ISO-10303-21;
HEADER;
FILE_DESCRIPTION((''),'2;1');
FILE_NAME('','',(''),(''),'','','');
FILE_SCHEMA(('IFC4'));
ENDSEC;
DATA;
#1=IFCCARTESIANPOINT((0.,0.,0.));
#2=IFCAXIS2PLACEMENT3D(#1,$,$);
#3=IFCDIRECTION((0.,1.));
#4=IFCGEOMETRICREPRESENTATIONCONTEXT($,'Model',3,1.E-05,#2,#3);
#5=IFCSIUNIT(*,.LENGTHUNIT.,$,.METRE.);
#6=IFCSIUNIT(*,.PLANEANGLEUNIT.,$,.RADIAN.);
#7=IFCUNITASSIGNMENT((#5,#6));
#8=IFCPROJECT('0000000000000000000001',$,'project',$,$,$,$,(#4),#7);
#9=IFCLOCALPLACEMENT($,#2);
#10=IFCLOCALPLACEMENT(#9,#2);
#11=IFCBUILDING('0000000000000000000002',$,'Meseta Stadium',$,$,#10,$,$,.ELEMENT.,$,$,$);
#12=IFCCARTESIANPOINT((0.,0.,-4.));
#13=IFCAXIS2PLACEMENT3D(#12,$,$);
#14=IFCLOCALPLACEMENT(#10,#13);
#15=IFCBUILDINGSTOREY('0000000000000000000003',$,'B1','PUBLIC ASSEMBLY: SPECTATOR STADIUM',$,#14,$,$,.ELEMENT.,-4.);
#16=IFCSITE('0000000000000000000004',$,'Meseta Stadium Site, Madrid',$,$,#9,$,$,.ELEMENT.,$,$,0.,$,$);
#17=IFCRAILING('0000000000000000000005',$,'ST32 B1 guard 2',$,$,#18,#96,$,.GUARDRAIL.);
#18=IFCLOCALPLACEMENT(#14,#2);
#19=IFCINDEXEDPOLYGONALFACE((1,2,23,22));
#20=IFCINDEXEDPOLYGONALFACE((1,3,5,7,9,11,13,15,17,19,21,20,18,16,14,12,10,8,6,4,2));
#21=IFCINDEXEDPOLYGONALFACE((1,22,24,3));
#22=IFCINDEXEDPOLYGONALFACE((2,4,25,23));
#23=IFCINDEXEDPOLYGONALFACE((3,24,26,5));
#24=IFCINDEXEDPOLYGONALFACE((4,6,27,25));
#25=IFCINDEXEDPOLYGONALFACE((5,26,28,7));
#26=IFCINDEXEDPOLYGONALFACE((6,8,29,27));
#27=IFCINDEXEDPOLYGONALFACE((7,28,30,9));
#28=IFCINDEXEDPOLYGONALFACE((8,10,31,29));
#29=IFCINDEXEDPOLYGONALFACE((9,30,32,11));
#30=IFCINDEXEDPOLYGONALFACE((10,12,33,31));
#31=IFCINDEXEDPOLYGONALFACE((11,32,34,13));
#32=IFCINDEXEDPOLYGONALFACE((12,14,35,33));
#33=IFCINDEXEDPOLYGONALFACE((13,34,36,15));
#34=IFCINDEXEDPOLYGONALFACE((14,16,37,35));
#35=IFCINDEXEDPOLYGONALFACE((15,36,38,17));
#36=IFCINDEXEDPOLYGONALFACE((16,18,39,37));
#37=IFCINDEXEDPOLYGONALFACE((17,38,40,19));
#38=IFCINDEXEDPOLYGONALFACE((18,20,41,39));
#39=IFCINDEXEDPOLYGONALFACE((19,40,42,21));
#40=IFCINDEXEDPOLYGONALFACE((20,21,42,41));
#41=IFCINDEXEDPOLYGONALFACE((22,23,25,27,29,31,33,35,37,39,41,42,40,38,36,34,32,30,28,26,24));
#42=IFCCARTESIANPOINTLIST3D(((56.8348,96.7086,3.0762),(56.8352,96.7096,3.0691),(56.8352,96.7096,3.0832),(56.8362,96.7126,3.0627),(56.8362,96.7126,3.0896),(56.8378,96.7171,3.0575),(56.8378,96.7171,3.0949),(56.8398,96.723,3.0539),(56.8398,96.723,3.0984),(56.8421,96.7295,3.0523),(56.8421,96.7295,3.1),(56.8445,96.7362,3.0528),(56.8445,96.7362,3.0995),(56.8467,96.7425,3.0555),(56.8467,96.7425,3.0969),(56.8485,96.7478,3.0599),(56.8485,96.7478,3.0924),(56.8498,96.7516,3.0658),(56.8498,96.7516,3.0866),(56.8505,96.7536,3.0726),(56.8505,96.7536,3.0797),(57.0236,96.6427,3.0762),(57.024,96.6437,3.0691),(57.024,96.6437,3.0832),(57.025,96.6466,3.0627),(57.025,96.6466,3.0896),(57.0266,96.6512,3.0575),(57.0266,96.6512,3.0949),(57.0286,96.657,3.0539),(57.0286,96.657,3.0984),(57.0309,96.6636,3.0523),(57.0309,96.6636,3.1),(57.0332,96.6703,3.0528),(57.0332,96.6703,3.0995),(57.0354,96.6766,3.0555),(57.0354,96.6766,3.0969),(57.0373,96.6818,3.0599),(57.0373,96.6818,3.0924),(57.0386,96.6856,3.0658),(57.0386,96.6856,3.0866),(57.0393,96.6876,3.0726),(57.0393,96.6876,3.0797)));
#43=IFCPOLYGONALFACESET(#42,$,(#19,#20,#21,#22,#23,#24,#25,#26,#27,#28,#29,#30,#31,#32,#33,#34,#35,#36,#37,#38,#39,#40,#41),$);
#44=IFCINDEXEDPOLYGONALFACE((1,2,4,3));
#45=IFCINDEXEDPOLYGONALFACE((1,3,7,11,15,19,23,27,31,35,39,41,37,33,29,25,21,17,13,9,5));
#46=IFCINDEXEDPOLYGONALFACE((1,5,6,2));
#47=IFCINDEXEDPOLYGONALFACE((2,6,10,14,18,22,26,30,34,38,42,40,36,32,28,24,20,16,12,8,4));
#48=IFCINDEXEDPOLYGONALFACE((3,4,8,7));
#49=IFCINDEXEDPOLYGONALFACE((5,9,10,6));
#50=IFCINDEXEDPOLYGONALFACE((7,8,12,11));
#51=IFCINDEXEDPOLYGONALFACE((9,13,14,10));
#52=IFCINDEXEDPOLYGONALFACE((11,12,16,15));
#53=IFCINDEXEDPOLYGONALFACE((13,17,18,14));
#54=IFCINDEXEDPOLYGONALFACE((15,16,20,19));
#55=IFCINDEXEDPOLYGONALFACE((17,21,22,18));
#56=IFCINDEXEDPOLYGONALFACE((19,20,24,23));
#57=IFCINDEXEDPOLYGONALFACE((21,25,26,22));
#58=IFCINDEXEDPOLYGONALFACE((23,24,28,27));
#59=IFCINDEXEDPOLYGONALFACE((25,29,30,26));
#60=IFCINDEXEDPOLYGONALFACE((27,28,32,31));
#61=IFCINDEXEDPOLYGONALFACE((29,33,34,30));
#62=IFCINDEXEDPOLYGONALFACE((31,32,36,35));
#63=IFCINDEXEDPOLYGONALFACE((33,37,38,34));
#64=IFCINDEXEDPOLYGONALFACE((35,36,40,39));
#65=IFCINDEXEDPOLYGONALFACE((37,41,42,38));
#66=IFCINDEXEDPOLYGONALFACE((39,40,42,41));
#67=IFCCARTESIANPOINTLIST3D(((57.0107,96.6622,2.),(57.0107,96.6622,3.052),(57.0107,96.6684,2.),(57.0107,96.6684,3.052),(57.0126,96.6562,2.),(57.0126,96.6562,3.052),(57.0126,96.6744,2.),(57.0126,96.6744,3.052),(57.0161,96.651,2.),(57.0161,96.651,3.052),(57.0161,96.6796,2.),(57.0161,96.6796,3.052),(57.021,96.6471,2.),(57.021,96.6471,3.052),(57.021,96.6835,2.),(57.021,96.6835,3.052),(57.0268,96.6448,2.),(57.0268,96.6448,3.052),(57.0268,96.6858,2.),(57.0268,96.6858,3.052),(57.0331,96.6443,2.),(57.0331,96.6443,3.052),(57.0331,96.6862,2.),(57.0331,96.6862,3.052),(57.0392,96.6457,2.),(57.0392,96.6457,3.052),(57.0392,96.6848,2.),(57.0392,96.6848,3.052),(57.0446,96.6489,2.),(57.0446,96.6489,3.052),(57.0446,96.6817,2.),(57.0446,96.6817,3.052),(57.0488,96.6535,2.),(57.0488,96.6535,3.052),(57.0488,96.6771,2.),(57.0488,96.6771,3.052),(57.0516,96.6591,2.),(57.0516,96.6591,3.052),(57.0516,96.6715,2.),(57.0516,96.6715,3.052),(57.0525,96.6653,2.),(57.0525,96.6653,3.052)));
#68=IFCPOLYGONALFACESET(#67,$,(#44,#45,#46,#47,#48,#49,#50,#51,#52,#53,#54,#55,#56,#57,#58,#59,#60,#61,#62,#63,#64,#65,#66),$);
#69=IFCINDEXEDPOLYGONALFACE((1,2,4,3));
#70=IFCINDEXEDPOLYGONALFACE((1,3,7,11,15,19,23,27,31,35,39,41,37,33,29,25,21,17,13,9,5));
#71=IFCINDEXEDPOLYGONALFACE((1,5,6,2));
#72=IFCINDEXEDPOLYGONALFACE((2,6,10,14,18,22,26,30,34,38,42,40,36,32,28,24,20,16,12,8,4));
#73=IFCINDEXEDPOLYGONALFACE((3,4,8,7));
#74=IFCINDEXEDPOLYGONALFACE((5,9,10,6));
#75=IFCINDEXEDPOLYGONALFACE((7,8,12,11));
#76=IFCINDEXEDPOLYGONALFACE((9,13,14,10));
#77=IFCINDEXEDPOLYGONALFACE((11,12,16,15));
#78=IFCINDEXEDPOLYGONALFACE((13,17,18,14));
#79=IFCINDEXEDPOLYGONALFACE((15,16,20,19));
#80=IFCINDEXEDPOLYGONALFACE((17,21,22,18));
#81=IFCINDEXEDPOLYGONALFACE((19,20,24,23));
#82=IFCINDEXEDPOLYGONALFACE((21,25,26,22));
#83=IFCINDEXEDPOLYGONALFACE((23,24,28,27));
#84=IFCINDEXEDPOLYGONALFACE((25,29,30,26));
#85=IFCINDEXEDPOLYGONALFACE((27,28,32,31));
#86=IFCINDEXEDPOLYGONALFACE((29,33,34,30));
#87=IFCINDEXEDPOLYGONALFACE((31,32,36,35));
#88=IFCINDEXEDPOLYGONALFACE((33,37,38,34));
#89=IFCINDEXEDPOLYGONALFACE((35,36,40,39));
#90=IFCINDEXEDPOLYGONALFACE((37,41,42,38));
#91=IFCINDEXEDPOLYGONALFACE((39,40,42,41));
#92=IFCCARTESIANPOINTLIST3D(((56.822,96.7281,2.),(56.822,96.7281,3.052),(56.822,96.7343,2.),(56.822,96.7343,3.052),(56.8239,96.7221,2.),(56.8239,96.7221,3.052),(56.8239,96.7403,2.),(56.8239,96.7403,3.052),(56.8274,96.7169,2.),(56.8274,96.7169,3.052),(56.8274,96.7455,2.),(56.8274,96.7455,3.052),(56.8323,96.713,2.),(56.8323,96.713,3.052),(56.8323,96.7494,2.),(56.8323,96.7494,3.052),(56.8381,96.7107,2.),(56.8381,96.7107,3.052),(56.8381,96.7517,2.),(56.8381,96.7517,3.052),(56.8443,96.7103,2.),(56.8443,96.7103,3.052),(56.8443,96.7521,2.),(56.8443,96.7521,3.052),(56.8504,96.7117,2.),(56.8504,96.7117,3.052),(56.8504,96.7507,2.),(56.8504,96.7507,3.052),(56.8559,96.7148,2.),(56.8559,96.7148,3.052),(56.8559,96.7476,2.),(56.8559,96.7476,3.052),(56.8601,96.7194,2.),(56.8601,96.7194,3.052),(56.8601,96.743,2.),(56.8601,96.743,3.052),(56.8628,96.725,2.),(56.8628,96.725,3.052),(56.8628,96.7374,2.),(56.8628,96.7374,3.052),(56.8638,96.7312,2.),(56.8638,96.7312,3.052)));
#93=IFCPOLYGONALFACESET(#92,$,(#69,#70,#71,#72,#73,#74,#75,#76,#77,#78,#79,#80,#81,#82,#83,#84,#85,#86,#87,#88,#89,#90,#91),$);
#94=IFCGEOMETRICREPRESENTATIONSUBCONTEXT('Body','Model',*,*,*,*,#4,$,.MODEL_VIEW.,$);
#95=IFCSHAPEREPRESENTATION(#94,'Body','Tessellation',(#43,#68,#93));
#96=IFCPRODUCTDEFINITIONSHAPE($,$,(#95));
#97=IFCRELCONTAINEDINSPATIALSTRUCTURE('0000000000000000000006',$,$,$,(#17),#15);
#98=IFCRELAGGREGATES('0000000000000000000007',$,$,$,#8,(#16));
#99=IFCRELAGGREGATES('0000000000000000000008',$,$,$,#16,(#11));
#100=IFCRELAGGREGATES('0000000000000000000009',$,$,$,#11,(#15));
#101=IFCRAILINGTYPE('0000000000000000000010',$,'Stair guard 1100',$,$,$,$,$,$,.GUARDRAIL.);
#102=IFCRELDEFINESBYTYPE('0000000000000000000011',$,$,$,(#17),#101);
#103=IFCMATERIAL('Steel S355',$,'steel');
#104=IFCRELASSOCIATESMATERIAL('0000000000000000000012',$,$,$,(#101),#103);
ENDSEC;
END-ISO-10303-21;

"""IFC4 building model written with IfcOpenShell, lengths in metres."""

from ifc_helpers import new_model, si_unit, direction, frame, origin, origin_2d, place, context, subcontext, project, spatial, circle, extrude, material, type_object, element, save


model = new_model("IFC4")

# Units and contexts
model_context = context("Model", 3, precision=1e-05, world=origin(), true_north=direction((0.0, 1.0)))
body_context = subcontext(model_context, "Body", "Model", "MODEL_VIEW")
ifc_project = project(units=[si_unit("LENGTHUNIT", "METRE"), si_unit("PLANEANGLEUNIT", "RADIAN")], contexts=[model_context])

# Site, building, storey
site_placement = place(None, origin())
site = spatial("IfcSite", under=ifc_project, at=site_placement, Name="Meseta Stadium Site, Madrid", CompositionType="ELEMENT", RefElevation=0.0)
building_placement = place(site_placement, origin())
building = spatial("IfcBuilding", under=site, at=building_placement, Name="Meseta Stadium", CompositionType="ELEMENT")
storey_placement = place(building_placement, frame((0.0, 0.0, -4.0)))
storey = spatial("IfcBuildingStorey", under=building, at=storey_placement, Name="B1", Description="PUBLIC ASSEMBLY: SPECTATOR STADIUM", CompositionType="ELEMENT", Elevation=-4.0)

# Railing
ifc_material_1 = material(Name="Steel S355", Category="steel")
railing_type_1 = type_object("IfcRailingType", Name="Stair guard 1100", PredefinedType="GUARDRAIL", material=ifc_material_1)
railing_1_placement = place(storey_placement, frame((57.0315, 96.6653, 2.0)))
element("IfcRailing", 1, at=railing_1_placement, inside=storey, type_object=railing_type_1, Name="ST32 B1 guard 2", PredefinedType="GUARDRAIL", context=body_context, shape_type="SweptSolid", body=[
    extrude(circle(Radius=0.0239, at=origin_2d()), frame((0.0, 0.0, 1.0762), z_axis=(-0.944068, 0.329752, 0.0), x_axis=(-0.329752, -0.944068, 0.0)), (0.0, 0.0, 1.0), 0.2),
    extrude(circle(Radius=0.021, at=origin_2d()), origin(), (0.0, 0.0, 1.0), 1.052),
    extrude(circle(Radius=0.021, at=origin_2d()), frame((-0.1887, 0.0659, 0.0)), (0.0, 0.0, 1.0), 1.052),
])

save(model, "model.ifc")
